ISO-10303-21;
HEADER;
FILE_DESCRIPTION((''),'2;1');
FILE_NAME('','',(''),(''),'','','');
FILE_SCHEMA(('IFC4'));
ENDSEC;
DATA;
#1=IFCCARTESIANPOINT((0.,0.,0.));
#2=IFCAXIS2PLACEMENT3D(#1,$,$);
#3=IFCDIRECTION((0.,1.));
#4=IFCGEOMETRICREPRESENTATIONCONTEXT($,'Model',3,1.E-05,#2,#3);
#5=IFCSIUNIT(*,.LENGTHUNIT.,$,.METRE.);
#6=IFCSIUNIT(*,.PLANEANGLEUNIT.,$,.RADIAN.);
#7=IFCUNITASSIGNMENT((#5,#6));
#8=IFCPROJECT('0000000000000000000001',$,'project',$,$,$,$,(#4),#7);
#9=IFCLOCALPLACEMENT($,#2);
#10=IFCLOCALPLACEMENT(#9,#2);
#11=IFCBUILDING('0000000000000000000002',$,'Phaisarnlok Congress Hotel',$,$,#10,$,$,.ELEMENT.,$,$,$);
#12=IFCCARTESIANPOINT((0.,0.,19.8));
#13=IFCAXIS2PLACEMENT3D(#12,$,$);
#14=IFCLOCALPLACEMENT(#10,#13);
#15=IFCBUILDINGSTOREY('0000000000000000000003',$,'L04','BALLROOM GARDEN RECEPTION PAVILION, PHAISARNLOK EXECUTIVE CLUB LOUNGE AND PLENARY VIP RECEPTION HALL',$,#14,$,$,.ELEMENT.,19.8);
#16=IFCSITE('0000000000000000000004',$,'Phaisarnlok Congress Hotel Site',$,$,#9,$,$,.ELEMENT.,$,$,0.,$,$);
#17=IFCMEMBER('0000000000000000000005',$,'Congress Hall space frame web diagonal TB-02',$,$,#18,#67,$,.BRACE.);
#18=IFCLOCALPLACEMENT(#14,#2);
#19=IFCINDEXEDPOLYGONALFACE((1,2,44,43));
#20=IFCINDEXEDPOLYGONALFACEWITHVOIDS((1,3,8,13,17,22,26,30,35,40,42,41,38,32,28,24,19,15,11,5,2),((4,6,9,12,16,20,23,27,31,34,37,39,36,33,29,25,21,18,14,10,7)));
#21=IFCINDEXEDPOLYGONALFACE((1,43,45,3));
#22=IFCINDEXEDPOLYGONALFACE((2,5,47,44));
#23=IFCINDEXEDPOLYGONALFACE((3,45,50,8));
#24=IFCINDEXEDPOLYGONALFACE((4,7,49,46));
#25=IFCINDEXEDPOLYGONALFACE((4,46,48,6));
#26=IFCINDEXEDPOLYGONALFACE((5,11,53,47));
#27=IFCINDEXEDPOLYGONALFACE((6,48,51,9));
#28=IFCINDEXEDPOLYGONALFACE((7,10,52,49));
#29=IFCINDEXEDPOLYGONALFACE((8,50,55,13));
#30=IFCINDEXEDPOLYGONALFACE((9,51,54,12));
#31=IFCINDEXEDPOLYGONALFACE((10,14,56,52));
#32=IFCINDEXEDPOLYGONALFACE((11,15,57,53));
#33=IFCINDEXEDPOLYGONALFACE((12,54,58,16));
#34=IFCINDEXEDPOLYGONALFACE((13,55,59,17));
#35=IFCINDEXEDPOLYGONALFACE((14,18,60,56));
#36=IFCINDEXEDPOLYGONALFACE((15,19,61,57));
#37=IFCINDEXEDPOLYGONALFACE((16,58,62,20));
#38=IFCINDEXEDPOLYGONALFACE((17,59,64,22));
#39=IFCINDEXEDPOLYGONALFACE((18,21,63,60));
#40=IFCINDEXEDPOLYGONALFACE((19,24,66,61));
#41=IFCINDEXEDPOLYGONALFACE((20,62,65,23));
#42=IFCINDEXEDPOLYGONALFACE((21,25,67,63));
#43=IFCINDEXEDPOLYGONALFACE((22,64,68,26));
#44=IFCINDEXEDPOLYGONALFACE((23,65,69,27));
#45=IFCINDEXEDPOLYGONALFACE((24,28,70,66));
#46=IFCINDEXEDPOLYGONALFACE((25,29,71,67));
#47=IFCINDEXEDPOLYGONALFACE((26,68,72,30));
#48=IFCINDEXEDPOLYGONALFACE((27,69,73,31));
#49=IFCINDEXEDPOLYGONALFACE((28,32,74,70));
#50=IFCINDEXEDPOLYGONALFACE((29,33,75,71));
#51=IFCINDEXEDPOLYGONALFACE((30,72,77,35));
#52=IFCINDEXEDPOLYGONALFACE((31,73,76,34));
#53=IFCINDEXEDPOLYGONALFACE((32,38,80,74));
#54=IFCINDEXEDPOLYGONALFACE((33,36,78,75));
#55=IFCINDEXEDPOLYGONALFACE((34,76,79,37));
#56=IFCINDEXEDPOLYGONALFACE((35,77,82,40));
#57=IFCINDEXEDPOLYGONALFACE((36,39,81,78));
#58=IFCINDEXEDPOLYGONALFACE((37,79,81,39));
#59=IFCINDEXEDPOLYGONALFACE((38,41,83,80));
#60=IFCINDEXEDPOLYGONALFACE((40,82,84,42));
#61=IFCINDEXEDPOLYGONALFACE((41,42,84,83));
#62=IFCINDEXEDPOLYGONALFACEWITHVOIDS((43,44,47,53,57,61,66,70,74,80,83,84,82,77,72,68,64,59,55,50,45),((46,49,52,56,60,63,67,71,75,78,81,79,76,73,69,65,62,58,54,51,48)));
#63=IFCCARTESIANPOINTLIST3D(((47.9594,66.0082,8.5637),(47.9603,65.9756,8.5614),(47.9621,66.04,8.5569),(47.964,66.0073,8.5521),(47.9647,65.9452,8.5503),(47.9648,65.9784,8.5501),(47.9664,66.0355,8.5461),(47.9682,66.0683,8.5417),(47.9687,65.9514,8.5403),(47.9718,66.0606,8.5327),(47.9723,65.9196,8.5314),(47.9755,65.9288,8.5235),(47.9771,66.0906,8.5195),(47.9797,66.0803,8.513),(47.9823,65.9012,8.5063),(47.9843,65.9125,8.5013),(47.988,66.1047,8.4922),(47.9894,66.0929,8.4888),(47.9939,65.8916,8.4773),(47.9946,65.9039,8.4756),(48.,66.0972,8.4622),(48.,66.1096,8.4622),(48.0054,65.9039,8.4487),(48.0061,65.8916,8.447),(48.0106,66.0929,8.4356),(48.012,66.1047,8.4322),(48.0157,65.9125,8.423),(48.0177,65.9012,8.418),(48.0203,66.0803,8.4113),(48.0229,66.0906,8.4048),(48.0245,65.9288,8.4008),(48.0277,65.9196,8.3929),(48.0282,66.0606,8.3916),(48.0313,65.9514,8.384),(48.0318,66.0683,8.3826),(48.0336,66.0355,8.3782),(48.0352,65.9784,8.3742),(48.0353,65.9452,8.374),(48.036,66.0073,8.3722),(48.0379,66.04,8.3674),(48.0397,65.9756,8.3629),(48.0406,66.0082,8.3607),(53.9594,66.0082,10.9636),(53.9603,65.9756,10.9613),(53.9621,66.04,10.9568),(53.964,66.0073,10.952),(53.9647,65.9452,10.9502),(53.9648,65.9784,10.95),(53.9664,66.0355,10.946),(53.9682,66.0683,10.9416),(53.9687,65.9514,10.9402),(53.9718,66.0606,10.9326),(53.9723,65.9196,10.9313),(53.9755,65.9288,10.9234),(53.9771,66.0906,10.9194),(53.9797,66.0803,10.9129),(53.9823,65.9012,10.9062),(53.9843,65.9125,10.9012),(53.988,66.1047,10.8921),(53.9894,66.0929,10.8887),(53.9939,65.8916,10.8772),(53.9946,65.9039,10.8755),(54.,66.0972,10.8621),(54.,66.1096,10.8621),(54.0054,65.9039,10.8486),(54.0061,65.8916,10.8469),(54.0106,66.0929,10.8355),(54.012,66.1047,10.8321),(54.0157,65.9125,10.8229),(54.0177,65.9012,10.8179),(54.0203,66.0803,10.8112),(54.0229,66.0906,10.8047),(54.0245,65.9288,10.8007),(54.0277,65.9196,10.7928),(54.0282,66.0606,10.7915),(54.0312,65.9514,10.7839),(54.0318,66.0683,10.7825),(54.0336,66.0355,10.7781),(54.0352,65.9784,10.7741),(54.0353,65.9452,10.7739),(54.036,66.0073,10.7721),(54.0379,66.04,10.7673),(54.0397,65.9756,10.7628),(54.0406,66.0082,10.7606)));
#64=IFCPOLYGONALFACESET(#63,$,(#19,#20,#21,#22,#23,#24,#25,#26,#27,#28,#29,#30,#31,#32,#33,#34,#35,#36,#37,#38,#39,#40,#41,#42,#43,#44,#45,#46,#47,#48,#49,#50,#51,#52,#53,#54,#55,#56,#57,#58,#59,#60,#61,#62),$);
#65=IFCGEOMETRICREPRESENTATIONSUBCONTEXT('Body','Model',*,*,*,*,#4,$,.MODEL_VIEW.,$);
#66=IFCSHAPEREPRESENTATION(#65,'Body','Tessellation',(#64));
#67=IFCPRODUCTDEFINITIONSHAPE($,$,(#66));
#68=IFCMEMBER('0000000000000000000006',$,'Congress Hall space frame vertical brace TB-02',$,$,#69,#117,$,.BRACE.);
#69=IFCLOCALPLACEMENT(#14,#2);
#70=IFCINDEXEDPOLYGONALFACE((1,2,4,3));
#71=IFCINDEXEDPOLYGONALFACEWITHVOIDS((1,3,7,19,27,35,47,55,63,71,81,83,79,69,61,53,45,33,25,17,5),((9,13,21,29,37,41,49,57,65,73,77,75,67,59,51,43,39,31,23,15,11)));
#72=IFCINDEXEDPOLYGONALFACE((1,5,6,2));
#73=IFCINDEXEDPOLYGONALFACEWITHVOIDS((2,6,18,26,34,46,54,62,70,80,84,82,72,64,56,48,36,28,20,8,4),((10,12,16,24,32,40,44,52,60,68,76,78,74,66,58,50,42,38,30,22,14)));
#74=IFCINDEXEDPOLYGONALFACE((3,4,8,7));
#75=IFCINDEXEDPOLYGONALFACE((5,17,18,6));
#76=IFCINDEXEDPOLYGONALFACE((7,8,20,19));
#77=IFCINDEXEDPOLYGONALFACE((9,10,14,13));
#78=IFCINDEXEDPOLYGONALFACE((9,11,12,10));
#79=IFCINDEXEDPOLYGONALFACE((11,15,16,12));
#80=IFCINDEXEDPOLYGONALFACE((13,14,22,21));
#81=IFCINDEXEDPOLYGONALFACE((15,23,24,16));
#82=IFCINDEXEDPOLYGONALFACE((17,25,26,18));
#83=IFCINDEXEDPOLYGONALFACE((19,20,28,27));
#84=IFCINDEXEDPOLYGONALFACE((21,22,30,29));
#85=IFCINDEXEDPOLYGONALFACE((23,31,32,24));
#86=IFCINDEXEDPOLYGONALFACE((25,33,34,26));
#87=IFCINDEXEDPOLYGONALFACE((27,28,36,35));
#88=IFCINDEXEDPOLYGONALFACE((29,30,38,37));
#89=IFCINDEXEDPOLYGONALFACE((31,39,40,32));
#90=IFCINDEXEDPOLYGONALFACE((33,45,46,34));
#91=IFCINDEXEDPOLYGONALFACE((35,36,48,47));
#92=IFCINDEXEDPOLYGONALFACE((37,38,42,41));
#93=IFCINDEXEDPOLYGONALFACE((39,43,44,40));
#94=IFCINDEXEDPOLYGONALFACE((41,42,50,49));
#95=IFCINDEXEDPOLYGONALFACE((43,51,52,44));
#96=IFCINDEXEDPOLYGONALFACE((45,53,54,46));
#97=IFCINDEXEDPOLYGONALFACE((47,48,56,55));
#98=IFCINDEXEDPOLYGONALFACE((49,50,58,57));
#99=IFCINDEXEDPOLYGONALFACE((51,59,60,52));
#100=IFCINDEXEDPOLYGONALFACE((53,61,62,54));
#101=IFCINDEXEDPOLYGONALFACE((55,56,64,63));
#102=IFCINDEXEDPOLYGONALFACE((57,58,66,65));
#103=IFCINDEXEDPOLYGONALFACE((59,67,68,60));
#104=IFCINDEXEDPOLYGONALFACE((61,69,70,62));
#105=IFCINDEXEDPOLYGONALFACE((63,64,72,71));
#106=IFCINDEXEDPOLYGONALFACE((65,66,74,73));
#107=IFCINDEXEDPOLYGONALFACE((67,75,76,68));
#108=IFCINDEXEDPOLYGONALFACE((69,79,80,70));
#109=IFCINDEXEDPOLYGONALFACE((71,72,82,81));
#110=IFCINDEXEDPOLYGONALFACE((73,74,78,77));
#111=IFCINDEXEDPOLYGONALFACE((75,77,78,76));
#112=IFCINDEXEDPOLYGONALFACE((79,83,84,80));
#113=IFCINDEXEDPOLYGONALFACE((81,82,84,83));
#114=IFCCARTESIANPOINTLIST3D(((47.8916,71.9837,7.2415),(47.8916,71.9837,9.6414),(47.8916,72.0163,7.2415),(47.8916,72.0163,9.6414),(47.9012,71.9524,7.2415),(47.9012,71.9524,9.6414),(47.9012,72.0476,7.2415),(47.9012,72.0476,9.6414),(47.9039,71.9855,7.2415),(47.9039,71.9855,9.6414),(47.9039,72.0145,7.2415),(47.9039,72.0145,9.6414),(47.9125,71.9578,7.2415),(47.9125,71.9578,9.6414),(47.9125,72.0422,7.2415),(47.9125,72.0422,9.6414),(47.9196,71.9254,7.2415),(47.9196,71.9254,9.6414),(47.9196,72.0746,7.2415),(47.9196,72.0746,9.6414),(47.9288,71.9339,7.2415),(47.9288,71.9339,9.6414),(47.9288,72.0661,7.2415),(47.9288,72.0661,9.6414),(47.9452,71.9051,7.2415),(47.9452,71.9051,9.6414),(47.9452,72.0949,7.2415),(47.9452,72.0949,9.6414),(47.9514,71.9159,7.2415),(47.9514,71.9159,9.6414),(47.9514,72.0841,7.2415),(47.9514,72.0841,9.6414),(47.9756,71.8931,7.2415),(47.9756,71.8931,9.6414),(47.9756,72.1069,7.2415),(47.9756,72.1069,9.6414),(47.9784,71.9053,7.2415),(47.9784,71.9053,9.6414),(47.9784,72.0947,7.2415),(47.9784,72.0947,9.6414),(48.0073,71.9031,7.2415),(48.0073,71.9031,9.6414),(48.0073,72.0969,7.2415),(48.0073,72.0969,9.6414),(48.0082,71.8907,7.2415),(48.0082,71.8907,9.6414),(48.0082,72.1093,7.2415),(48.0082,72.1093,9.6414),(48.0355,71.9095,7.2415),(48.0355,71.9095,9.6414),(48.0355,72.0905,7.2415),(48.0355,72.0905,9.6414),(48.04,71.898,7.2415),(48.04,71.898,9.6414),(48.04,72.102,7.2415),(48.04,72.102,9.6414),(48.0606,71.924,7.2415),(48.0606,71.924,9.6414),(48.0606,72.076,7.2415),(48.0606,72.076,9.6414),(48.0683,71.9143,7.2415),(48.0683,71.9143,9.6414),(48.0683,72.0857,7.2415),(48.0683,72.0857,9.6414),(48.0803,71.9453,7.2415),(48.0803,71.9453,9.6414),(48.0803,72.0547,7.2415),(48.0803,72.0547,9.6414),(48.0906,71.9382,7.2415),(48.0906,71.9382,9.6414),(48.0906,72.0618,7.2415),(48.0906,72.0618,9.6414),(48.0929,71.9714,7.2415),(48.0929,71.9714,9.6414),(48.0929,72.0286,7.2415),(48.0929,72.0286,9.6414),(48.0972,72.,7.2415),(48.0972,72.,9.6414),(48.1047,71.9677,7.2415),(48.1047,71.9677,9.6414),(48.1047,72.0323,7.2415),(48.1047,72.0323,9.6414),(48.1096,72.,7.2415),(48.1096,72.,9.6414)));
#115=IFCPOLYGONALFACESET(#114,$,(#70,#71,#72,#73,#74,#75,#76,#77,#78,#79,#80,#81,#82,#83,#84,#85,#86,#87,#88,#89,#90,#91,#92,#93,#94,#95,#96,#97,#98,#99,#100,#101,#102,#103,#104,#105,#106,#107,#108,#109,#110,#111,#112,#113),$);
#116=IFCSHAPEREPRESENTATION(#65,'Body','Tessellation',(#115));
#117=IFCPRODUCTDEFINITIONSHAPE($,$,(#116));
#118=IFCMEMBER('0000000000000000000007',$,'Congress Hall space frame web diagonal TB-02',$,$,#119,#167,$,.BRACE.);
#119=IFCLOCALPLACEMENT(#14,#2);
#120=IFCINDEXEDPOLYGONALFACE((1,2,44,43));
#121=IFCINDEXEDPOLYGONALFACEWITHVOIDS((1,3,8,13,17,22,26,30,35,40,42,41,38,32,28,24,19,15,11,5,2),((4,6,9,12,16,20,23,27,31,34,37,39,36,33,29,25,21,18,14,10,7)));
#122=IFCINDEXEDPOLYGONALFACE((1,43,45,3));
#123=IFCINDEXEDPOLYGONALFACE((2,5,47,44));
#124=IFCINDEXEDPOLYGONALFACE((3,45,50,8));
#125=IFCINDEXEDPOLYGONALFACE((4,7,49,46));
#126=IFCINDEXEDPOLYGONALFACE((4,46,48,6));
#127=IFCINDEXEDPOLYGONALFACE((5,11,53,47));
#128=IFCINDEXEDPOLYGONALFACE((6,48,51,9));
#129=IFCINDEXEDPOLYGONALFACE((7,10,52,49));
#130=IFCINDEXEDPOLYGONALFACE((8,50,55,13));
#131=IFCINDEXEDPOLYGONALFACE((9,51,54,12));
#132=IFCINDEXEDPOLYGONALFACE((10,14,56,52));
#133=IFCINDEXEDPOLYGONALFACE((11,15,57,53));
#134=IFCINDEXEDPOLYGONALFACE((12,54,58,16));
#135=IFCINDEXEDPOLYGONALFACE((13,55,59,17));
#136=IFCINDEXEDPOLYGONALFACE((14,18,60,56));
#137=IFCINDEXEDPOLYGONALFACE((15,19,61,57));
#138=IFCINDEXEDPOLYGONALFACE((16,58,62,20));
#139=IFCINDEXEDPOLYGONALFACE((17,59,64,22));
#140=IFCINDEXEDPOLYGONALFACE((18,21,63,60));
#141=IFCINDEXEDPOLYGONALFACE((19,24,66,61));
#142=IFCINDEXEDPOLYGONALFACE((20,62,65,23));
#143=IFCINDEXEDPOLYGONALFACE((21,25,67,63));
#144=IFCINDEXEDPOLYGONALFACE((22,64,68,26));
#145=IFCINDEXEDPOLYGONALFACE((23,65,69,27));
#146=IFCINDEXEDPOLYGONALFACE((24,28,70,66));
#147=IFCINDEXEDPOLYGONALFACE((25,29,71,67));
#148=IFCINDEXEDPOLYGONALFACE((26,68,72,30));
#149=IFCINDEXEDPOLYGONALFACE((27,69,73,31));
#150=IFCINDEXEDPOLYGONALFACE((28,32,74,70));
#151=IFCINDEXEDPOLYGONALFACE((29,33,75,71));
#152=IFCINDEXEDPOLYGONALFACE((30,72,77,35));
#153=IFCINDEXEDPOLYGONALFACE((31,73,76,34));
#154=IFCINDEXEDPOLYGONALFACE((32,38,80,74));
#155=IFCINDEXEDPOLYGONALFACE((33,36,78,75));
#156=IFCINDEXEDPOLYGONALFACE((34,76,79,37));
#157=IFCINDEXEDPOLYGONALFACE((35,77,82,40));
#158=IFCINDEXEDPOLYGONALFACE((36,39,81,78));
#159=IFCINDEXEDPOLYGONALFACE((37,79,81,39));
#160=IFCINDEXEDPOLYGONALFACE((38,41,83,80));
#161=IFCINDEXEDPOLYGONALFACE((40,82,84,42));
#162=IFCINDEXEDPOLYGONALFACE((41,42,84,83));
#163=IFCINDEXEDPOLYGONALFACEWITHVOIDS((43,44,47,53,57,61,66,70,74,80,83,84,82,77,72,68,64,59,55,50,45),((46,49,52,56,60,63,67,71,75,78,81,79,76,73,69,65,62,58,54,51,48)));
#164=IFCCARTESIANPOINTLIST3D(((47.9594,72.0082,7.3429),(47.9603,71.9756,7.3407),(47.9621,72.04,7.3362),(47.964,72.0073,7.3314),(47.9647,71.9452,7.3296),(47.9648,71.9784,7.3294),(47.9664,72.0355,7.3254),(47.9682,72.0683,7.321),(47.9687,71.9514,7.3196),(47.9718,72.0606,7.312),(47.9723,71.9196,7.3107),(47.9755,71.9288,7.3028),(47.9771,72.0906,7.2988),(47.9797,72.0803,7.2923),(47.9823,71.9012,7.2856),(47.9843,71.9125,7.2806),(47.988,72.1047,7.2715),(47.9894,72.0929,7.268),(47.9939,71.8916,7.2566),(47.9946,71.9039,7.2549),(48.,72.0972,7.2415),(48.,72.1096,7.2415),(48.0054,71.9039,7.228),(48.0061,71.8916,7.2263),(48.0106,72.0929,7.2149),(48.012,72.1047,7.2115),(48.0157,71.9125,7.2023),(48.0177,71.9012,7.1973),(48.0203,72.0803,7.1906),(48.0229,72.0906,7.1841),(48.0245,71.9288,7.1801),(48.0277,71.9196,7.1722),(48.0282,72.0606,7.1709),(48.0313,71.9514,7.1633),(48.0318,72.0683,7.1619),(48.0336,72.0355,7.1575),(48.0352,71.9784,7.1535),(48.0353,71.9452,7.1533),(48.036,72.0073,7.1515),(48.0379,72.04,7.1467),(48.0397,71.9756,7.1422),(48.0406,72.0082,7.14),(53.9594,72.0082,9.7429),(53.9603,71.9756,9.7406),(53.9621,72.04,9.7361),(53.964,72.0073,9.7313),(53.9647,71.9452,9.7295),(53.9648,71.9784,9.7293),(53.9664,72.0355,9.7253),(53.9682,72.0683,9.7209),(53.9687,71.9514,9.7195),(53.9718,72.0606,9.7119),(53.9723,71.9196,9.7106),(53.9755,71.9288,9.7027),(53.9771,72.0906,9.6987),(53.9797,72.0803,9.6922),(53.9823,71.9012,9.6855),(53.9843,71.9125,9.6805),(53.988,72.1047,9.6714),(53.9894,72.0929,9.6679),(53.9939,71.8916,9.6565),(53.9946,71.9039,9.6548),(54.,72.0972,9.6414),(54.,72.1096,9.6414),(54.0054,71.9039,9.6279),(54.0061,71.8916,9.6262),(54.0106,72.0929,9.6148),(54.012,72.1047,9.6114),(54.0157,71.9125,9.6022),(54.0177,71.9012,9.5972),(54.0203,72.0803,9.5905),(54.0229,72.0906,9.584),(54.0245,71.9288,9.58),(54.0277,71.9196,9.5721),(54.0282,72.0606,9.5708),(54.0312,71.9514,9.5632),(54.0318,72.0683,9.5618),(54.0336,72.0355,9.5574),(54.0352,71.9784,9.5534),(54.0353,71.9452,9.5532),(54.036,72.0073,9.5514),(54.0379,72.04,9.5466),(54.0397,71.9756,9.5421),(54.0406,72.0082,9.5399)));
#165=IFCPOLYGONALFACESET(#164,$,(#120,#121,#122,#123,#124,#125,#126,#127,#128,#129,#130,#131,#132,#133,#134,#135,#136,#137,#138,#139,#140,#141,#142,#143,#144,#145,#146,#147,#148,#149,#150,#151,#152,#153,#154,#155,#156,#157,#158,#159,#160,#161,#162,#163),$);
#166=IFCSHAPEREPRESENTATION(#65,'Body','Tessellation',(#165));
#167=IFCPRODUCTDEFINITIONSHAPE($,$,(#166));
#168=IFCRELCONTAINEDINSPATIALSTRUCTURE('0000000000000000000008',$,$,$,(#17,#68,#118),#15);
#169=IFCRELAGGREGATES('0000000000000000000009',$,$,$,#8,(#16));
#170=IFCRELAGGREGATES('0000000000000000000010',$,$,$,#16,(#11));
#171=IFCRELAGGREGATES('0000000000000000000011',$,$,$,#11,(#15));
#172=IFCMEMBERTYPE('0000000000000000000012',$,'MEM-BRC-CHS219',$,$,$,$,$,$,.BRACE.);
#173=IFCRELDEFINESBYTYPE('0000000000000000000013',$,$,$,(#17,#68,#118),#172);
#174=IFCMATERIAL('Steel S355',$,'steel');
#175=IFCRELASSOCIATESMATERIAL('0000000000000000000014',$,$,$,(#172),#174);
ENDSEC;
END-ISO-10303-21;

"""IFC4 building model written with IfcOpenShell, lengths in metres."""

from ifc_helpers import new_model, si_unit, direction, frame, origin, origin_2d, place, context, subcontext, project, spatial, hollow_circle, extrude, material, material_profile, profile_set, type_object, element, save


model = new_model("IFC4")

# Units and contexts
model_context = context("Model", 3, precision=1e-05, world=origin(), true_north=direction((0.0, 1.0)))
body_context = subcontext(model_context, "Body", "Model", "MODEL_VIEW")
ifc_project = project(units=[si_unit("LENGTHUNIT", "METRE"), si_unit("PLANEANGLEUNIT", "RADIAN")], contexts=[model_context])

# Site, building, storey
site_placement = place(None, origin())
site = spatial("IfcSite", under=ifc_project, at=site_placement, Name="Phaisarnlok Congress Hotel Site", CompositionType="ELEMENT", RefElevation=0.0)
building_placement = place(site_placement, origin())
building = spatial("IfcBuilding", under=site, at=building_placement, Name="Phaisarnlok Congress Hotel", CompositionType="ELEMENT")
storey_placement = place(building_placement, frame((0.0, 0.0, 19.8)))
storey = spatial("IfcBuildingStorey", under=building, at=storey_placement, Name="L04", Description="BALLROOM GARDEN RECEPTION PAVILION, PHAISARNLOK EXECUTIVE CLUB LOUNGE AND PLENARY VIP RECEPTION HALL", CompositionType="ELEMENT", Elevation=19.8)

# Members
ifc_material = material(Name="Steel S355", Category="steel")
ifc_material_profile_1 = material_profile(ifc_material, hollow_circle(Radius=0.1096, WallThickness=0.0125, at=origin_2d()), Name="CHS 219.1x12.5")
ifc_profile_set_1 = profile_set([ifc_material_profile_1], Name="Steel S355")
member_type_1 = type_object("IfcMemberType", Name="MEM-BRC-CHS219", PredefinedType="BRACE", material=ifc_profile_set_1)
member_1_placement = place(storey_placement, frame((48.0, 66.0, 8.4622), z_axis=(0.928482, 0.0, 0.371378), x_axis=(0.0, 1.0, 0.0)))
element("IfcMember", 1, at=member_1_placement, inside=storey, type_object=member_type_1, Name="Congress Hall space frame web diagonal TB-02", PredefinedType="BRACE", context=body_context, shape_type="SweptSolid", body=[
    extrude(hollow_circle(Radius=0.1096, WallThickness=0.0125, at=origin_2d()), origin(), (0.0, 0.0, 1.0), 6.4622),
])
member_2_placement = place(storey_placement, frame((48.0, 72.0, 7.2415), z_axis=(0.0, 0.0, 1.0), x_axis=(1.0, 0.0, 0.0)))
element("IfcMember", 2, at=member_2_placement, inside=storey, type_object=member_type_1, Name="Congress Hall space frame vertical brace TB-02", PredefinedType="BRACE", context=body_context, shape_type="SweptSolid", body=[
    extrude(hollow_circle(Radius=0.1096, WallThickness=0.0125, at=origin_2d()), origin(), (0.0, 0.0, 1.0), 2.3999),
])
member_3_placement = place(storey_placement, frame((48.0, 72.0, 7.2415), z_axis=(0.928482, 0.0, 0.371378), x_axis=(0.0, 1.0, 0.0)))
element("IfcMember", 3, at=member_3_placement, inside=storey, type_object=member_type_1, Name="Congress Hall space frame web diagonal TB-02", PredefinedType="BRACE", context=body_context, shape_type="SweptSolid", body=[
    extrude(hollow_circle(Radius=0.1096, WallThickness=0.0125, at=origin_2d()), origin(), (0.0, 0.0, 1.0), 6.4622),
])

save(model, "model.ifc")
